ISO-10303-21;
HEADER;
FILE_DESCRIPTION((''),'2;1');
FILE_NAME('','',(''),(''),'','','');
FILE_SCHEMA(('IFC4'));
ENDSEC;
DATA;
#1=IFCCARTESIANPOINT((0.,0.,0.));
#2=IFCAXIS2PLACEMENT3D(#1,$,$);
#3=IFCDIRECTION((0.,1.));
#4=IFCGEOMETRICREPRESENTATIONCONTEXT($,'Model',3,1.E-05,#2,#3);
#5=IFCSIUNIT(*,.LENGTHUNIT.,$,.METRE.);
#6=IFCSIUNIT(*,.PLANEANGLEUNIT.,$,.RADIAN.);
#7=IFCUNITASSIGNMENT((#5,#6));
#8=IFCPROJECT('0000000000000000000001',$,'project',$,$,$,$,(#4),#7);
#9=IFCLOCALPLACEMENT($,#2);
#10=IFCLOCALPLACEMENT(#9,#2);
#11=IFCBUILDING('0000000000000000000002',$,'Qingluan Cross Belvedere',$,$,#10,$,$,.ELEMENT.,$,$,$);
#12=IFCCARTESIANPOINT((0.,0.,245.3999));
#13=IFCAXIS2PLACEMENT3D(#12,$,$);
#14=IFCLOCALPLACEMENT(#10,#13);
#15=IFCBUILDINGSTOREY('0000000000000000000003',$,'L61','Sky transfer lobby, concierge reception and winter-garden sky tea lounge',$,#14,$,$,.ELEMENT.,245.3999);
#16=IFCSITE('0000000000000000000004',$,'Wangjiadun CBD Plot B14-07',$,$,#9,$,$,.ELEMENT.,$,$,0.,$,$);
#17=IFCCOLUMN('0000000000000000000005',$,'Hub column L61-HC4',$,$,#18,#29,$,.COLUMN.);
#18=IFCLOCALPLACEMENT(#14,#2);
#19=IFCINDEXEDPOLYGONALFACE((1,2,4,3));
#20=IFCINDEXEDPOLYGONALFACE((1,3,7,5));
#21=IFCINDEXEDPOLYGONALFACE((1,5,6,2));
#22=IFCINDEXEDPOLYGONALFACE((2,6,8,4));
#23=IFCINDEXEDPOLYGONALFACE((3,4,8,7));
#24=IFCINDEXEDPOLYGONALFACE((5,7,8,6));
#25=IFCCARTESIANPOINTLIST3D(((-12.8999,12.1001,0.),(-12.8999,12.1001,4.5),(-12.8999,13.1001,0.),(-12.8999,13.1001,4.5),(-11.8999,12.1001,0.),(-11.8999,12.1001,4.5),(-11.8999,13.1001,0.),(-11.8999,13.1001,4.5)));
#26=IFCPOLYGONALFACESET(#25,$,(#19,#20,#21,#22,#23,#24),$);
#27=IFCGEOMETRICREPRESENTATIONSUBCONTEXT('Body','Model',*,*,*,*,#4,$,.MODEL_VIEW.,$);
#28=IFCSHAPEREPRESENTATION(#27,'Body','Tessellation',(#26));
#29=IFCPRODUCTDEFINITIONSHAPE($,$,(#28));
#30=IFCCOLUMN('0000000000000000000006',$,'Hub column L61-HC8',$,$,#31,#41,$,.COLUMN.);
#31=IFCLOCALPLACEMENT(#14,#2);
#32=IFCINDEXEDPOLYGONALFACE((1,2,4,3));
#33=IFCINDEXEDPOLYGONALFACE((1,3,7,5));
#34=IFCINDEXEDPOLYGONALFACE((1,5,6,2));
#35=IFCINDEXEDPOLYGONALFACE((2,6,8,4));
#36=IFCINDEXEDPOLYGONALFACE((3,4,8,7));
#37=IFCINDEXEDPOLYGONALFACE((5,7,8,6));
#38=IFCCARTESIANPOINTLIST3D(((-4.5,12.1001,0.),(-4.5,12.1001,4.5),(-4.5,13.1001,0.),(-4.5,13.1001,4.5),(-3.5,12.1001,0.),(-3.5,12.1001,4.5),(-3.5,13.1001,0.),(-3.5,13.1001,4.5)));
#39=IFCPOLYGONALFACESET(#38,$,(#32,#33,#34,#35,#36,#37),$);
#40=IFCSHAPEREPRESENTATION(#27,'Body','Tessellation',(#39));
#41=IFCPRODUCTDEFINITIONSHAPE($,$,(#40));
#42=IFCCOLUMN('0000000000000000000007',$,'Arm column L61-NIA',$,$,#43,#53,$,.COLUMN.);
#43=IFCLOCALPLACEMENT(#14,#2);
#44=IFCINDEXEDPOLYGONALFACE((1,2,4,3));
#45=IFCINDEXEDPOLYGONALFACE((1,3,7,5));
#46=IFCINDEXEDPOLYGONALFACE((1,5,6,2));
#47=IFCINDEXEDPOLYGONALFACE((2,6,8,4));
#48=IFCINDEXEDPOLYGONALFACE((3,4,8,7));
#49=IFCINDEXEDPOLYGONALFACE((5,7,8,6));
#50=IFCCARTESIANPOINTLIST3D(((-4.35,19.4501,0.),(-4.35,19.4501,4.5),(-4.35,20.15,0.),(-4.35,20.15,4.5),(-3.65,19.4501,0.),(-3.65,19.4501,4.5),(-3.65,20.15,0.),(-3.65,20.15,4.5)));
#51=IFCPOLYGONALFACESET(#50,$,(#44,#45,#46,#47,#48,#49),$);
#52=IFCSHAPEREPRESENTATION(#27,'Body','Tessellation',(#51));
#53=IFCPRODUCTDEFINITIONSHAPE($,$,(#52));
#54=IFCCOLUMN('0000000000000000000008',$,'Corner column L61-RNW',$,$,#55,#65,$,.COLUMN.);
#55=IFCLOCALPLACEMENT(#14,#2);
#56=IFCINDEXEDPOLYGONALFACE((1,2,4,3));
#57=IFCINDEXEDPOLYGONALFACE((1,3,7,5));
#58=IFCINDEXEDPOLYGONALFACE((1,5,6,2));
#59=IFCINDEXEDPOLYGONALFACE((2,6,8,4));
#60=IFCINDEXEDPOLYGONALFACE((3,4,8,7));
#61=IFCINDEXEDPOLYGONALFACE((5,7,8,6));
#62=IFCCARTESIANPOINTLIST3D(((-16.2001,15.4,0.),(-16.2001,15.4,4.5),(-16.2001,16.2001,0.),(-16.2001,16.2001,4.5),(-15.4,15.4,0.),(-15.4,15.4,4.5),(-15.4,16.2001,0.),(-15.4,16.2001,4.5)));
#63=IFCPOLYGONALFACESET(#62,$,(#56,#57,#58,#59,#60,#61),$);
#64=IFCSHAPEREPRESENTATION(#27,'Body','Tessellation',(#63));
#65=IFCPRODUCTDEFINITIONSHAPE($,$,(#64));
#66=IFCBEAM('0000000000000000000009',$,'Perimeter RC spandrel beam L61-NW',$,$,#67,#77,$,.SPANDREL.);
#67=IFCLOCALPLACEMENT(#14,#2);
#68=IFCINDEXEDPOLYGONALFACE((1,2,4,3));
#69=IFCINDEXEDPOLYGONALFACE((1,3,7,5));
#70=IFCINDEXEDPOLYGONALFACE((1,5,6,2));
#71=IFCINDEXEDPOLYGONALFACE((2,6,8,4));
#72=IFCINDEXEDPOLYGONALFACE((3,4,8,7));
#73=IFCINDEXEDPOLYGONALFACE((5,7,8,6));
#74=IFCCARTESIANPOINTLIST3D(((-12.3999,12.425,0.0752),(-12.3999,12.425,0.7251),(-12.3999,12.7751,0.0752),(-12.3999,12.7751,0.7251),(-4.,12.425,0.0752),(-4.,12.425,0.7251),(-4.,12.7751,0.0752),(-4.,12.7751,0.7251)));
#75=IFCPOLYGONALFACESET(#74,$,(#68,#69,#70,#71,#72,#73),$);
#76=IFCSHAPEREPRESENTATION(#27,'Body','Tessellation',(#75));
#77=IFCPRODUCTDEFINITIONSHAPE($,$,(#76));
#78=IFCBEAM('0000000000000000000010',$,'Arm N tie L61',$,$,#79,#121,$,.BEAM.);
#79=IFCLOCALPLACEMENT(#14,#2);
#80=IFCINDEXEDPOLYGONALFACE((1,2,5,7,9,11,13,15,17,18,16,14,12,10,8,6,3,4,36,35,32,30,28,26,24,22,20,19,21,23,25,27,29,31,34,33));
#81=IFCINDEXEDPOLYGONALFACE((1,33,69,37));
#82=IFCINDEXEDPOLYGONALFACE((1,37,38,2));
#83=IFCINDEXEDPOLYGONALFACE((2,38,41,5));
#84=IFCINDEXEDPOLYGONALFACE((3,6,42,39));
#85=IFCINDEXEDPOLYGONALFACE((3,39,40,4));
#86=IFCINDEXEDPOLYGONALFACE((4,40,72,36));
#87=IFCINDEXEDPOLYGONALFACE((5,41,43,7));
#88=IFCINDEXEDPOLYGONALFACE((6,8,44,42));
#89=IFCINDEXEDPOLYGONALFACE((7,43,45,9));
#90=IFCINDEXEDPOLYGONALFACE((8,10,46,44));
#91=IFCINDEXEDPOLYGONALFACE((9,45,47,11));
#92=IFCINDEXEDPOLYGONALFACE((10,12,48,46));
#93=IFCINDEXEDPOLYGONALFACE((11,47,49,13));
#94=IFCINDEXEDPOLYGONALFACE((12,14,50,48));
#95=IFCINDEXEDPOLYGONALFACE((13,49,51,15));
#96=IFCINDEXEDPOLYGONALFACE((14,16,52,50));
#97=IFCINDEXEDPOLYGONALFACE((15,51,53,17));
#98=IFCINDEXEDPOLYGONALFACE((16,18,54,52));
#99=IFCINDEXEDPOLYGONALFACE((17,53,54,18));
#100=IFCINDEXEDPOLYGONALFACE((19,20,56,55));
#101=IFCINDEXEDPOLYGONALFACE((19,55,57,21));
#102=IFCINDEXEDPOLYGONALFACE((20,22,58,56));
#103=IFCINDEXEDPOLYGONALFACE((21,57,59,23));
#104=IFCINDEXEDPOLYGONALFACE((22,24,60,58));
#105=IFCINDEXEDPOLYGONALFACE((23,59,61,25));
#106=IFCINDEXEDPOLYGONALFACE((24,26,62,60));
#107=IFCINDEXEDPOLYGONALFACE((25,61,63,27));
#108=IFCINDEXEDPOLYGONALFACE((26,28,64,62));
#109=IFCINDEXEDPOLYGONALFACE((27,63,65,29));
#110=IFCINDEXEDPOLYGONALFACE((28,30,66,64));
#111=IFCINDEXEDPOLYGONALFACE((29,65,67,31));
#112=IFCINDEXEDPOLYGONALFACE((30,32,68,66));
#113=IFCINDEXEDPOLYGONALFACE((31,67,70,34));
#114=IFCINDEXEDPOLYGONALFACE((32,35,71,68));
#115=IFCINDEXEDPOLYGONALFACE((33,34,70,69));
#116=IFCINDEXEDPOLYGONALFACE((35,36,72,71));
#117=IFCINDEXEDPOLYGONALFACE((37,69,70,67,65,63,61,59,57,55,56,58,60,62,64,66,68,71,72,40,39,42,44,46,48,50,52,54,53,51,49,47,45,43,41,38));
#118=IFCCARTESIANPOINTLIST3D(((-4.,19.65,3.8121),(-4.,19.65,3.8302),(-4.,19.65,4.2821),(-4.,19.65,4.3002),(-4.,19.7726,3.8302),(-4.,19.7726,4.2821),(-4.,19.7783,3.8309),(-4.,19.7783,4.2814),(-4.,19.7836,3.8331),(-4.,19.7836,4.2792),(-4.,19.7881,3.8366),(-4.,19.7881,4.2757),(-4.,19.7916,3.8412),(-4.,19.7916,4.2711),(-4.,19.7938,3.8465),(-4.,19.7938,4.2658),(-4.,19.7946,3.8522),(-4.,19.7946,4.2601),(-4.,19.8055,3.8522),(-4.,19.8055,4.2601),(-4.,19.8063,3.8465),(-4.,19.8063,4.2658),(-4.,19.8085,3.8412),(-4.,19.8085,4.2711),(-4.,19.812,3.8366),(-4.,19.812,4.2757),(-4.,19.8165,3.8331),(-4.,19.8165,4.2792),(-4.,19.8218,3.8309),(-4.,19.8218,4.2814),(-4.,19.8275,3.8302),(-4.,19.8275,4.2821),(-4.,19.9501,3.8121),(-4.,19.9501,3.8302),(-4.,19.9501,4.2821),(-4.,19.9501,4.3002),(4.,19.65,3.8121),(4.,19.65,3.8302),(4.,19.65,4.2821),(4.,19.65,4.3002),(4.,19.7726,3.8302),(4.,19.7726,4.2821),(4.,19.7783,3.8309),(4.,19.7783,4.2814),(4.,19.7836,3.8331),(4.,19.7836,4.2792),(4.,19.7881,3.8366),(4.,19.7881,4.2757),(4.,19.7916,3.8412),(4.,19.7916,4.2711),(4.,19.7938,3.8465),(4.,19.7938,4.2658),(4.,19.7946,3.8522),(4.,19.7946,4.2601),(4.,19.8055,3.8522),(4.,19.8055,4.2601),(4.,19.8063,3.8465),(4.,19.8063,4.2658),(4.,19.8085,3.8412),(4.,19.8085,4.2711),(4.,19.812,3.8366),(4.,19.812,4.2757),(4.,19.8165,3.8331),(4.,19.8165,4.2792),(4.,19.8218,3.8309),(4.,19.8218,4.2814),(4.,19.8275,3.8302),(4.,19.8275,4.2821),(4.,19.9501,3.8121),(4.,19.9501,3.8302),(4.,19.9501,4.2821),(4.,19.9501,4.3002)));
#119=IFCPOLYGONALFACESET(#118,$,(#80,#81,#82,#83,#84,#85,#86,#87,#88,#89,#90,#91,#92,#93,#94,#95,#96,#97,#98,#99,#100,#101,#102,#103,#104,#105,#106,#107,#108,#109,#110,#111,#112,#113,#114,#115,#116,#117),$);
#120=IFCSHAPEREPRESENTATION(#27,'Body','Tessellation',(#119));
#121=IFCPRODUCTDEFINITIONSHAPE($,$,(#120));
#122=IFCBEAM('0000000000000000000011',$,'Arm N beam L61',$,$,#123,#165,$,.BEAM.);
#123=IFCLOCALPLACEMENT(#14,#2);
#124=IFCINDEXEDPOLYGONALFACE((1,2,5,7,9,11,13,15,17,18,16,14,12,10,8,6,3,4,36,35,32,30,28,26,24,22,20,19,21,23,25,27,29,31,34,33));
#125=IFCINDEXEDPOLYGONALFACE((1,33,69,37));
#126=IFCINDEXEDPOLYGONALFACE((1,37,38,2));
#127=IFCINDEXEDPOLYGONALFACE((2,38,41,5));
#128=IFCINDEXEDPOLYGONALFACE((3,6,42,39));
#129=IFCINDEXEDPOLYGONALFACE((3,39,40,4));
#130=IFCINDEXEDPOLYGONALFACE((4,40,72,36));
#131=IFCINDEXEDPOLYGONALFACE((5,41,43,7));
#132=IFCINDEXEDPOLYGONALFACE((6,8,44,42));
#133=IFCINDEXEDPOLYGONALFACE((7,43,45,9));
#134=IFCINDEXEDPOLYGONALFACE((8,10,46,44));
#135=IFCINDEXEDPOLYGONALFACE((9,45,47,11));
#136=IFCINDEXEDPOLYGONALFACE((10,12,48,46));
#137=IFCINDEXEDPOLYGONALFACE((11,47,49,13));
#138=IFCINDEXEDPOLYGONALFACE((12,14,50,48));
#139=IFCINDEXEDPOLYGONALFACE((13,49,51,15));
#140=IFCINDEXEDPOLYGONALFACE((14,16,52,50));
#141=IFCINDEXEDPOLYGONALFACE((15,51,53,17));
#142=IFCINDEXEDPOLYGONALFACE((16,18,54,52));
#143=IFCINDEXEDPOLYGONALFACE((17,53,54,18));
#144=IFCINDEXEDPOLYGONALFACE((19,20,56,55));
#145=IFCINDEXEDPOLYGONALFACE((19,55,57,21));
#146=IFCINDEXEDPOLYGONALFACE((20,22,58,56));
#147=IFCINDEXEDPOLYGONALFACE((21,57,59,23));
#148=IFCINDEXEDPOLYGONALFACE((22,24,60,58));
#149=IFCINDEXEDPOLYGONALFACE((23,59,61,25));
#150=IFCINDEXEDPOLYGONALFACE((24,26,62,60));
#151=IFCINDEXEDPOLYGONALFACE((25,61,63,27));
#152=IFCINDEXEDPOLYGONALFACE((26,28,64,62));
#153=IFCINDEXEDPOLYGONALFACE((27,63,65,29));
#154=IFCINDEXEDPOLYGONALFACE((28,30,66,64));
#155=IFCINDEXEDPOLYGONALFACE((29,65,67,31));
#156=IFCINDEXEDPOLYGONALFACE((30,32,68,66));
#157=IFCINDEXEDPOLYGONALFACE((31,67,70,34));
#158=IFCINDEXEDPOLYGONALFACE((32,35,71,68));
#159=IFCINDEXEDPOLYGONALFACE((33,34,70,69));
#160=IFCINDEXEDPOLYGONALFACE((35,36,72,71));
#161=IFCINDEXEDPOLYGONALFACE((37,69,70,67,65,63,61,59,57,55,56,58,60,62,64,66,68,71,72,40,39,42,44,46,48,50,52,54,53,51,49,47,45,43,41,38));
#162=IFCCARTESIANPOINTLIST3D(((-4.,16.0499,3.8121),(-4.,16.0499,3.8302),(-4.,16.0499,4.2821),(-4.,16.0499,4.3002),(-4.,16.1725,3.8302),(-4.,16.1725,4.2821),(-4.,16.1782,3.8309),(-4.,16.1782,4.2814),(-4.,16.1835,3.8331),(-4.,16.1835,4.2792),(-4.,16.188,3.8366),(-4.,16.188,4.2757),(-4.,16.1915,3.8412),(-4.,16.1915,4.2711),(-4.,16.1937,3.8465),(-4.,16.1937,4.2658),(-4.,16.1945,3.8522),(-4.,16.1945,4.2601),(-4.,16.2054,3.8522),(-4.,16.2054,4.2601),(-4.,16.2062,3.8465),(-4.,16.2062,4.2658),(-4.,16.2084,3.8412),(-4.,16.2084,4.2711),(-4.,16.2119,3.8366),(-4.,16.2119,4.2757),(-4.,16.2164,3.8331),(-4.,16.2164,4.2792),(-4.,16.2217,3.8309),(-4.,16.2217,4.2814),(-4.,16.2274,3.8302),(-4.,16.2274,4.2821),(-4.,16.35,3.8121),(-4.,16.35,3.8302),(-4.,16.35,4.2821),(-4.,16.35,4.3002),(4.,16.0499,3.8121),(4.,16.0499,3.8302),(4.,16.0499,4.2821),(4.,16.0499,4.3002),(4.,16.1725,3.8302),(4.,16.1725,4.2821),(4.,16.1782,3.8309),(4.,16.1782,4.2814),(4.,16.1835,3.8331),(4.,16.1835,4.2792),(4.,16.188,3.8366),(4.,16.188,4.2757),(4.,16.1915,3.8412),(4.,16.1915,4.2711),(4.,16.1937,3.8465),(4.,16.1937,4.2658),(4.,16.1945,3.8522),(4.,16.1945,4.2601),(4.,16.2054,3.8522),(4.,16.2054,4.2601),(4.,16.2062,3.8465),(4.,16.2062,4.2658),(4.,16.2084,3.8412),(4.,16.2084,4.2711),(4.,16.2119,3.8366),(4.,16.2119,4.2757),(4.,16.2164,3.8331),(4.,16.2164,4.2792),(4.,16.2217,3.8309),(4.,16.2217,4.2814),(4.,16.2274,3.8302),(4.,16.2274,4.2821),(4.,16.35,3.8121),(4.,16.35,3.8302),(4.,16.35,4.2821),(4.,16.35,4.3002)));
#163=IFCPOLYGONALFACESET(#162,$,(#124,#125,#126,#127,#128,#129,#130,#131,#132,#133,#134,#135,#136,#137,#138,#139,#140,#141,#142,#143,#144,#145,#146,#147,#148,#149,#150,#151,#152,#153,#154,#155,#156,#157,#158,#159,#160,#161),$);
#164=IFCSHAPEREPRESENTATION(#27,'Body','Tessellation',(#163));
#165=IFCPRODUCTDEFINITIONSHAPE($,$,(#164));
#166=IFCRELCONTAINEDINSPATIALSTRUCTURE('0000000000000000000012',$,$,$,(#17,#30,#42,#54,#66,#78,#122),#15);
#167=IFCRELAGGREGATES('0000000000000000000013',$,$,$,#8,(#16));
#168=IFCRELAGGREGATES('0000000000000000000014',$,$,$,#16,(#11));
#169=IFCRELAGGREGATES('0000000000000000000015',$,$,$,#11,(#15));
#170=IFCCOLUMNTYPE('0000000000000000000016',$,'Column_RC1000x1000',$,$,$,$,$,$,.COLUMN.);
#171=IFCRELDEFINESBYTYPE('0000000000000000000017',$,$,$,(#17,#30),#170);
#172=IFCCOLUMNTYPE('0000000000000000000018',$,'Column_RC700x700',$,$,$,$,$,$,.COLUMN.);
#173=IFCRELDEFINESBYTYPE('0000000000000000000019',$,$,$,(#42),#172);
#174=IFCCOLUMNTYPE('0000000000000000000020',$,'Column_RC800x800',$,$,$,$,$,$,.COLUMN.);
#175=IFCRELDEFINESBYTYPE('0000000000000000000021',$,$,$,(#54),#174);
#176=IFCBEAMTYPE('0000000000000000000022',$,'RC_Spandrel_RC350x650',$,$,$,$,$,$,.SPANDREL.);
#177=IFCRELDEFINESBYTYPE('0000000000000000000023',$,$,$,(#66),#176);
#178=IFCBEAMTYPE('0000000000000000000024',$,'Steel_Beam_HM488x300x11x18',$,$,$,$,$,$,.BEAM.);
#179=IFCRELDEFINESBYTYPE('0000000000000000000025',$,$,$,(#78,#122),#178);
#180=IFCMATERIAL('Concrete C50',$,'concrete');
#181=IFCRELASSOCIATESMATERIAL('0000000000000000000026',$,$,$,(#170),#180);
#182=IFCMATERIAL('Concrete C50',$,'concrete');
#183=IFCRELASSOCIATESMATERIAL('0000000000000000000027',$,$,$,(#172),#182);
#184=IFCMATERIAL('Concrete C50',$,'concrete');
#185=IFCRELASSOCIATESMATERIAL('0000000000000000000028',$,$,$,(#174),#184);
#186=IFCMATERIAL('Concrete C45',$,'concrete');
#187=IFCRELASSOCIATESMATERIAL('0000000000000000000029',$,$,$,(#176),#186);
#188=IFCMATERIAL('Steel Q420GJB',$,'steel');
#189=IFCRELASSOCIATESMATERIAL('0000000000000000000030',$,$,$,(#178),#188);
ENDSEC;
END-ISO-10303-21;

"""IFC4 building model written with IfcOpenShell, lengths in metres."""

from ifc_helpers import new_model, si_unit, direction, frame, origin, origin_2d, place, context, subcontext, project, spatial, rectangle, i_section, extrude, material, material_profile, profile_set, type_object, element, save


model = new_model("IFC4")

# Units and contexts
model_context = context("Model", 3, precision=1e-05, world=origin(), true_north=direction((0.0, 1.0)))
body_context = subcontext(model_context, "Body", "Model", "MODEL_VIEW")
ifc_project = project(units=[si_unit("LENGTHUNIT", "METRE"), si_unit("PLANEANGLEUNIT", "RADIAN")], contexts=[model_context])

# Site, building, storey
site_placement = place(None, origin())
site = spatial("IfcSite", under=ifc_project, at=site_placement, Name="Wangjiadun CBD Plot B14-07", CompositionType="ELEMENT", RefElevation=0.0)
building_placement = place(site_placement, origin())
building = spatial("IfcBuilding", under=site, at=building_placement, Name="Qingluan Cross Belvedere", CompositionType="ELEMENT")
storey_placement = place(building_placement, frame((0.0, 0.0, 245.3999)))
storey = spatial("IfcBuildingStorey", under=building, at=storey_placement, Name="L61", Description="Sky transfer lobby, concierge reception and winter-garden sky tea lounge", CompositionType="ELEMENT", Elevation=245.3999)

# Columns
ifc_material_1 = material(Name="Concrete C50", Category="concrete")
ifc_material_profile_1 = material_profile(ifc_material_1, rectangle(XDim=1.0, YDim=1.0, at=origin_2d()), Name="RC1000x1000")
ifc_profile_set_1 = profile_set([ifc_material_profile_1], Name="Concrete C50")
column_type_1 = type_object("IfcColumnType", Name="Column_RC1000x1000", PredefinedType="COLUMN", material=ifc_profile_set_1)
for number, where, z_axis, x_axis, name in (
    (1, (-12.3999, 12.6001, 0.0), (0.0, 0.0, 1.0), (1.0, 0.0, 0.0), "Hub column L61-HC4"),
    (2, (-4.0, 12.6001, 0.0), (0.0, 0.0, 1.0), (1.0, 0.0, 0.0), "Hub column L61-HC8"),
):
    element("IfcColumn", number, at=place(storey_placement, frame(where, z_axis=z_axis, x_axis=x_axis)), inside=storey, type_object=column_type_1, Name=name, PredefinedType="COLUMN", context=body_context, shape_type="SweptSolid", body=[
        extrude(rectangle(XDim=1.0, YDim=1.0, at=origin_2d()), origin(), (0.0, 0.0, 1.0), 4.5),
    ])
ifc_material_2 = material(Name="Concrete C50", Category="concrete")
ifc_material_profile_2 = material_profile(ifc_material_2, rectangle(XDim=0.7, YDim=0.7, at=origin_2d()), Name="RC700x700")
ifc_profile_set_2 = profile_set([ifc_material_profile_2], Name="Concrete C50")
column_type_2 = type_object("IfcColumnType", Name="Column_RC700x700", PredefinedType="COLUMN", material=ifc_profile_set_2)
column_1_placement = place(storey_placement, frame((-4.0, 19.8, 0.0), z_axis=(0.0, 0.0, 1.0), x_axis=(1.0, 0.0, 0.0)))
element("IfcColumn", 3, at=column_1_placement, inside=storey, type_object=column_type_2, Name="Arm column L61-NIA", PredefinedType="COLUMN", context=body_context, shape_type="SweptSolid", body=[
    extrude(rectangle(XDim=0.7, YDim=0.7, at=origin_2d()), origin(), (0.0, 0.0, 1.0), 4.5),
])
ifc_material_3 = material(Name="Concrete C50", Category="concrete")
ifc_material_profile_3 = material_profile(ifc_material_3, rectangle(XDim=0.8, YDim=0.8, at=origin_2d()), Name="RC800x800")
ifc_profile_set_3 = profile_set([ifc_material_profile_3], Name="Concrete C50")
column_type_3 = type_object("IfcColumnType", Name="Column_RC800x800", PredefinedType="COLUMN", material=ifc_profile_set_3)
column_2_placement = place(storey_placement, frame((-15.8, 15.8, 0.0), z_axis=(0.0, 0.0, 1.0), x_axis=(1.0, 0.0, 0.0)))
element("IfcColumn", 4, at=column_2_placement, inside=storey, type_object=column_type_3, Name="Corner column L61-RNW", PredefinedType="COLUMN", context=body_context, shape_type="SweptSolid", body=[
    extrude(rectangle(XDim=0.8, YDim=0.8, at=origin_2d()), origin(), (0.0, 0.0, 1.0), 4.5),
])

# Beams
ifc_material_4 = material(Name="Concrete C45", Category="concrete")
ifc_material_profile_4 = material_profile(ifc_material_4, rectangle(XDim=0.3501, YDim=0.6499, at=origin_2d()), Name="RC350x650")
ifc_profile_set_4 = profile_set([ifc_material_profile_4], Name="Concrete C45")
beam_type_1 = type_object("IfcBeamType", Name="RC_Spandrel_RC350x650", PredefinedType="SPANDREL", material=ifc_profile_set_4)
beam_1_placement = place(storey_placement, frame((-12.3999, 12.6001, 0.4001), z_axis=(1.0, 0.0, 0.0), x_axis=(0.0, 1.0, 0.0)))
element("IfcBeam", 5, at=beam_1_placement, inside=storey, type_object=beam_type_1, Name="Perimeter RC spandrel beam L61-NW", PredefinedType="SPANDREL", context=body_context, shape_type="SweptSolid", body=[
    extrude(rectangle(XDim=0.3501, YDim=0.6499, at=origin_2d()), origin(), (0.0, 0.0, 1.0), 8.3999),
])
ifc_material_5 = material(Name="Steel Q420GJB", Category="steel")
ifc_material_profile_5 = material_profile(ifc_material_5, i_section(OverallWidth=0.3, OverallDepth=0.488, WebThickness=0.011, FlangeThickness=0.0181, FilletRadius=0.022, at=origin_2d()), Name="HM488x300x11x18")
ifc_profile_set_5 = profile_set([ifc_material_profile_5], Name="Steel Q420GJB")
beam_type_2 = type_object("IfcBeamType", Name="Steel_Beam_HM488x300x11x18", PredefinedType="BEAM", material=ifc_profile_set_5)
for number, where, z_axis, x_axis, name in (
    (6, (-4.0, 19.8, 4.0562), (1.0, 0.0, 0.0), (0.0, 1.0, 0.0), "Arm N tie L61"),
    (7, (-4.0, 16.2, 4.0562), (1.0, 0.0, 0.0), (0.0, 1.0, 0.0), "Arm N beam L61"),
):
    element("IfcBeam", number, at=place(storey_placement, frame(where, z_axis=z_axis, x_axis=x_axis)), inside=storey, type_object=beam_type_2, Name=name, PredefinedType="BEAM", context=body_context, shape_type="SweptSolid", body=[
        extrude(i_section(OverallWidth=0.3, OverallDepth=0.488, WebThickness=0.011, FlangeThickness=0.0181, FilletRadius=0.022, at=origin_2d()), origin(), (0.0, 0.0, 1.0), 8.0),
    ])

save(model, "model.ifc")
